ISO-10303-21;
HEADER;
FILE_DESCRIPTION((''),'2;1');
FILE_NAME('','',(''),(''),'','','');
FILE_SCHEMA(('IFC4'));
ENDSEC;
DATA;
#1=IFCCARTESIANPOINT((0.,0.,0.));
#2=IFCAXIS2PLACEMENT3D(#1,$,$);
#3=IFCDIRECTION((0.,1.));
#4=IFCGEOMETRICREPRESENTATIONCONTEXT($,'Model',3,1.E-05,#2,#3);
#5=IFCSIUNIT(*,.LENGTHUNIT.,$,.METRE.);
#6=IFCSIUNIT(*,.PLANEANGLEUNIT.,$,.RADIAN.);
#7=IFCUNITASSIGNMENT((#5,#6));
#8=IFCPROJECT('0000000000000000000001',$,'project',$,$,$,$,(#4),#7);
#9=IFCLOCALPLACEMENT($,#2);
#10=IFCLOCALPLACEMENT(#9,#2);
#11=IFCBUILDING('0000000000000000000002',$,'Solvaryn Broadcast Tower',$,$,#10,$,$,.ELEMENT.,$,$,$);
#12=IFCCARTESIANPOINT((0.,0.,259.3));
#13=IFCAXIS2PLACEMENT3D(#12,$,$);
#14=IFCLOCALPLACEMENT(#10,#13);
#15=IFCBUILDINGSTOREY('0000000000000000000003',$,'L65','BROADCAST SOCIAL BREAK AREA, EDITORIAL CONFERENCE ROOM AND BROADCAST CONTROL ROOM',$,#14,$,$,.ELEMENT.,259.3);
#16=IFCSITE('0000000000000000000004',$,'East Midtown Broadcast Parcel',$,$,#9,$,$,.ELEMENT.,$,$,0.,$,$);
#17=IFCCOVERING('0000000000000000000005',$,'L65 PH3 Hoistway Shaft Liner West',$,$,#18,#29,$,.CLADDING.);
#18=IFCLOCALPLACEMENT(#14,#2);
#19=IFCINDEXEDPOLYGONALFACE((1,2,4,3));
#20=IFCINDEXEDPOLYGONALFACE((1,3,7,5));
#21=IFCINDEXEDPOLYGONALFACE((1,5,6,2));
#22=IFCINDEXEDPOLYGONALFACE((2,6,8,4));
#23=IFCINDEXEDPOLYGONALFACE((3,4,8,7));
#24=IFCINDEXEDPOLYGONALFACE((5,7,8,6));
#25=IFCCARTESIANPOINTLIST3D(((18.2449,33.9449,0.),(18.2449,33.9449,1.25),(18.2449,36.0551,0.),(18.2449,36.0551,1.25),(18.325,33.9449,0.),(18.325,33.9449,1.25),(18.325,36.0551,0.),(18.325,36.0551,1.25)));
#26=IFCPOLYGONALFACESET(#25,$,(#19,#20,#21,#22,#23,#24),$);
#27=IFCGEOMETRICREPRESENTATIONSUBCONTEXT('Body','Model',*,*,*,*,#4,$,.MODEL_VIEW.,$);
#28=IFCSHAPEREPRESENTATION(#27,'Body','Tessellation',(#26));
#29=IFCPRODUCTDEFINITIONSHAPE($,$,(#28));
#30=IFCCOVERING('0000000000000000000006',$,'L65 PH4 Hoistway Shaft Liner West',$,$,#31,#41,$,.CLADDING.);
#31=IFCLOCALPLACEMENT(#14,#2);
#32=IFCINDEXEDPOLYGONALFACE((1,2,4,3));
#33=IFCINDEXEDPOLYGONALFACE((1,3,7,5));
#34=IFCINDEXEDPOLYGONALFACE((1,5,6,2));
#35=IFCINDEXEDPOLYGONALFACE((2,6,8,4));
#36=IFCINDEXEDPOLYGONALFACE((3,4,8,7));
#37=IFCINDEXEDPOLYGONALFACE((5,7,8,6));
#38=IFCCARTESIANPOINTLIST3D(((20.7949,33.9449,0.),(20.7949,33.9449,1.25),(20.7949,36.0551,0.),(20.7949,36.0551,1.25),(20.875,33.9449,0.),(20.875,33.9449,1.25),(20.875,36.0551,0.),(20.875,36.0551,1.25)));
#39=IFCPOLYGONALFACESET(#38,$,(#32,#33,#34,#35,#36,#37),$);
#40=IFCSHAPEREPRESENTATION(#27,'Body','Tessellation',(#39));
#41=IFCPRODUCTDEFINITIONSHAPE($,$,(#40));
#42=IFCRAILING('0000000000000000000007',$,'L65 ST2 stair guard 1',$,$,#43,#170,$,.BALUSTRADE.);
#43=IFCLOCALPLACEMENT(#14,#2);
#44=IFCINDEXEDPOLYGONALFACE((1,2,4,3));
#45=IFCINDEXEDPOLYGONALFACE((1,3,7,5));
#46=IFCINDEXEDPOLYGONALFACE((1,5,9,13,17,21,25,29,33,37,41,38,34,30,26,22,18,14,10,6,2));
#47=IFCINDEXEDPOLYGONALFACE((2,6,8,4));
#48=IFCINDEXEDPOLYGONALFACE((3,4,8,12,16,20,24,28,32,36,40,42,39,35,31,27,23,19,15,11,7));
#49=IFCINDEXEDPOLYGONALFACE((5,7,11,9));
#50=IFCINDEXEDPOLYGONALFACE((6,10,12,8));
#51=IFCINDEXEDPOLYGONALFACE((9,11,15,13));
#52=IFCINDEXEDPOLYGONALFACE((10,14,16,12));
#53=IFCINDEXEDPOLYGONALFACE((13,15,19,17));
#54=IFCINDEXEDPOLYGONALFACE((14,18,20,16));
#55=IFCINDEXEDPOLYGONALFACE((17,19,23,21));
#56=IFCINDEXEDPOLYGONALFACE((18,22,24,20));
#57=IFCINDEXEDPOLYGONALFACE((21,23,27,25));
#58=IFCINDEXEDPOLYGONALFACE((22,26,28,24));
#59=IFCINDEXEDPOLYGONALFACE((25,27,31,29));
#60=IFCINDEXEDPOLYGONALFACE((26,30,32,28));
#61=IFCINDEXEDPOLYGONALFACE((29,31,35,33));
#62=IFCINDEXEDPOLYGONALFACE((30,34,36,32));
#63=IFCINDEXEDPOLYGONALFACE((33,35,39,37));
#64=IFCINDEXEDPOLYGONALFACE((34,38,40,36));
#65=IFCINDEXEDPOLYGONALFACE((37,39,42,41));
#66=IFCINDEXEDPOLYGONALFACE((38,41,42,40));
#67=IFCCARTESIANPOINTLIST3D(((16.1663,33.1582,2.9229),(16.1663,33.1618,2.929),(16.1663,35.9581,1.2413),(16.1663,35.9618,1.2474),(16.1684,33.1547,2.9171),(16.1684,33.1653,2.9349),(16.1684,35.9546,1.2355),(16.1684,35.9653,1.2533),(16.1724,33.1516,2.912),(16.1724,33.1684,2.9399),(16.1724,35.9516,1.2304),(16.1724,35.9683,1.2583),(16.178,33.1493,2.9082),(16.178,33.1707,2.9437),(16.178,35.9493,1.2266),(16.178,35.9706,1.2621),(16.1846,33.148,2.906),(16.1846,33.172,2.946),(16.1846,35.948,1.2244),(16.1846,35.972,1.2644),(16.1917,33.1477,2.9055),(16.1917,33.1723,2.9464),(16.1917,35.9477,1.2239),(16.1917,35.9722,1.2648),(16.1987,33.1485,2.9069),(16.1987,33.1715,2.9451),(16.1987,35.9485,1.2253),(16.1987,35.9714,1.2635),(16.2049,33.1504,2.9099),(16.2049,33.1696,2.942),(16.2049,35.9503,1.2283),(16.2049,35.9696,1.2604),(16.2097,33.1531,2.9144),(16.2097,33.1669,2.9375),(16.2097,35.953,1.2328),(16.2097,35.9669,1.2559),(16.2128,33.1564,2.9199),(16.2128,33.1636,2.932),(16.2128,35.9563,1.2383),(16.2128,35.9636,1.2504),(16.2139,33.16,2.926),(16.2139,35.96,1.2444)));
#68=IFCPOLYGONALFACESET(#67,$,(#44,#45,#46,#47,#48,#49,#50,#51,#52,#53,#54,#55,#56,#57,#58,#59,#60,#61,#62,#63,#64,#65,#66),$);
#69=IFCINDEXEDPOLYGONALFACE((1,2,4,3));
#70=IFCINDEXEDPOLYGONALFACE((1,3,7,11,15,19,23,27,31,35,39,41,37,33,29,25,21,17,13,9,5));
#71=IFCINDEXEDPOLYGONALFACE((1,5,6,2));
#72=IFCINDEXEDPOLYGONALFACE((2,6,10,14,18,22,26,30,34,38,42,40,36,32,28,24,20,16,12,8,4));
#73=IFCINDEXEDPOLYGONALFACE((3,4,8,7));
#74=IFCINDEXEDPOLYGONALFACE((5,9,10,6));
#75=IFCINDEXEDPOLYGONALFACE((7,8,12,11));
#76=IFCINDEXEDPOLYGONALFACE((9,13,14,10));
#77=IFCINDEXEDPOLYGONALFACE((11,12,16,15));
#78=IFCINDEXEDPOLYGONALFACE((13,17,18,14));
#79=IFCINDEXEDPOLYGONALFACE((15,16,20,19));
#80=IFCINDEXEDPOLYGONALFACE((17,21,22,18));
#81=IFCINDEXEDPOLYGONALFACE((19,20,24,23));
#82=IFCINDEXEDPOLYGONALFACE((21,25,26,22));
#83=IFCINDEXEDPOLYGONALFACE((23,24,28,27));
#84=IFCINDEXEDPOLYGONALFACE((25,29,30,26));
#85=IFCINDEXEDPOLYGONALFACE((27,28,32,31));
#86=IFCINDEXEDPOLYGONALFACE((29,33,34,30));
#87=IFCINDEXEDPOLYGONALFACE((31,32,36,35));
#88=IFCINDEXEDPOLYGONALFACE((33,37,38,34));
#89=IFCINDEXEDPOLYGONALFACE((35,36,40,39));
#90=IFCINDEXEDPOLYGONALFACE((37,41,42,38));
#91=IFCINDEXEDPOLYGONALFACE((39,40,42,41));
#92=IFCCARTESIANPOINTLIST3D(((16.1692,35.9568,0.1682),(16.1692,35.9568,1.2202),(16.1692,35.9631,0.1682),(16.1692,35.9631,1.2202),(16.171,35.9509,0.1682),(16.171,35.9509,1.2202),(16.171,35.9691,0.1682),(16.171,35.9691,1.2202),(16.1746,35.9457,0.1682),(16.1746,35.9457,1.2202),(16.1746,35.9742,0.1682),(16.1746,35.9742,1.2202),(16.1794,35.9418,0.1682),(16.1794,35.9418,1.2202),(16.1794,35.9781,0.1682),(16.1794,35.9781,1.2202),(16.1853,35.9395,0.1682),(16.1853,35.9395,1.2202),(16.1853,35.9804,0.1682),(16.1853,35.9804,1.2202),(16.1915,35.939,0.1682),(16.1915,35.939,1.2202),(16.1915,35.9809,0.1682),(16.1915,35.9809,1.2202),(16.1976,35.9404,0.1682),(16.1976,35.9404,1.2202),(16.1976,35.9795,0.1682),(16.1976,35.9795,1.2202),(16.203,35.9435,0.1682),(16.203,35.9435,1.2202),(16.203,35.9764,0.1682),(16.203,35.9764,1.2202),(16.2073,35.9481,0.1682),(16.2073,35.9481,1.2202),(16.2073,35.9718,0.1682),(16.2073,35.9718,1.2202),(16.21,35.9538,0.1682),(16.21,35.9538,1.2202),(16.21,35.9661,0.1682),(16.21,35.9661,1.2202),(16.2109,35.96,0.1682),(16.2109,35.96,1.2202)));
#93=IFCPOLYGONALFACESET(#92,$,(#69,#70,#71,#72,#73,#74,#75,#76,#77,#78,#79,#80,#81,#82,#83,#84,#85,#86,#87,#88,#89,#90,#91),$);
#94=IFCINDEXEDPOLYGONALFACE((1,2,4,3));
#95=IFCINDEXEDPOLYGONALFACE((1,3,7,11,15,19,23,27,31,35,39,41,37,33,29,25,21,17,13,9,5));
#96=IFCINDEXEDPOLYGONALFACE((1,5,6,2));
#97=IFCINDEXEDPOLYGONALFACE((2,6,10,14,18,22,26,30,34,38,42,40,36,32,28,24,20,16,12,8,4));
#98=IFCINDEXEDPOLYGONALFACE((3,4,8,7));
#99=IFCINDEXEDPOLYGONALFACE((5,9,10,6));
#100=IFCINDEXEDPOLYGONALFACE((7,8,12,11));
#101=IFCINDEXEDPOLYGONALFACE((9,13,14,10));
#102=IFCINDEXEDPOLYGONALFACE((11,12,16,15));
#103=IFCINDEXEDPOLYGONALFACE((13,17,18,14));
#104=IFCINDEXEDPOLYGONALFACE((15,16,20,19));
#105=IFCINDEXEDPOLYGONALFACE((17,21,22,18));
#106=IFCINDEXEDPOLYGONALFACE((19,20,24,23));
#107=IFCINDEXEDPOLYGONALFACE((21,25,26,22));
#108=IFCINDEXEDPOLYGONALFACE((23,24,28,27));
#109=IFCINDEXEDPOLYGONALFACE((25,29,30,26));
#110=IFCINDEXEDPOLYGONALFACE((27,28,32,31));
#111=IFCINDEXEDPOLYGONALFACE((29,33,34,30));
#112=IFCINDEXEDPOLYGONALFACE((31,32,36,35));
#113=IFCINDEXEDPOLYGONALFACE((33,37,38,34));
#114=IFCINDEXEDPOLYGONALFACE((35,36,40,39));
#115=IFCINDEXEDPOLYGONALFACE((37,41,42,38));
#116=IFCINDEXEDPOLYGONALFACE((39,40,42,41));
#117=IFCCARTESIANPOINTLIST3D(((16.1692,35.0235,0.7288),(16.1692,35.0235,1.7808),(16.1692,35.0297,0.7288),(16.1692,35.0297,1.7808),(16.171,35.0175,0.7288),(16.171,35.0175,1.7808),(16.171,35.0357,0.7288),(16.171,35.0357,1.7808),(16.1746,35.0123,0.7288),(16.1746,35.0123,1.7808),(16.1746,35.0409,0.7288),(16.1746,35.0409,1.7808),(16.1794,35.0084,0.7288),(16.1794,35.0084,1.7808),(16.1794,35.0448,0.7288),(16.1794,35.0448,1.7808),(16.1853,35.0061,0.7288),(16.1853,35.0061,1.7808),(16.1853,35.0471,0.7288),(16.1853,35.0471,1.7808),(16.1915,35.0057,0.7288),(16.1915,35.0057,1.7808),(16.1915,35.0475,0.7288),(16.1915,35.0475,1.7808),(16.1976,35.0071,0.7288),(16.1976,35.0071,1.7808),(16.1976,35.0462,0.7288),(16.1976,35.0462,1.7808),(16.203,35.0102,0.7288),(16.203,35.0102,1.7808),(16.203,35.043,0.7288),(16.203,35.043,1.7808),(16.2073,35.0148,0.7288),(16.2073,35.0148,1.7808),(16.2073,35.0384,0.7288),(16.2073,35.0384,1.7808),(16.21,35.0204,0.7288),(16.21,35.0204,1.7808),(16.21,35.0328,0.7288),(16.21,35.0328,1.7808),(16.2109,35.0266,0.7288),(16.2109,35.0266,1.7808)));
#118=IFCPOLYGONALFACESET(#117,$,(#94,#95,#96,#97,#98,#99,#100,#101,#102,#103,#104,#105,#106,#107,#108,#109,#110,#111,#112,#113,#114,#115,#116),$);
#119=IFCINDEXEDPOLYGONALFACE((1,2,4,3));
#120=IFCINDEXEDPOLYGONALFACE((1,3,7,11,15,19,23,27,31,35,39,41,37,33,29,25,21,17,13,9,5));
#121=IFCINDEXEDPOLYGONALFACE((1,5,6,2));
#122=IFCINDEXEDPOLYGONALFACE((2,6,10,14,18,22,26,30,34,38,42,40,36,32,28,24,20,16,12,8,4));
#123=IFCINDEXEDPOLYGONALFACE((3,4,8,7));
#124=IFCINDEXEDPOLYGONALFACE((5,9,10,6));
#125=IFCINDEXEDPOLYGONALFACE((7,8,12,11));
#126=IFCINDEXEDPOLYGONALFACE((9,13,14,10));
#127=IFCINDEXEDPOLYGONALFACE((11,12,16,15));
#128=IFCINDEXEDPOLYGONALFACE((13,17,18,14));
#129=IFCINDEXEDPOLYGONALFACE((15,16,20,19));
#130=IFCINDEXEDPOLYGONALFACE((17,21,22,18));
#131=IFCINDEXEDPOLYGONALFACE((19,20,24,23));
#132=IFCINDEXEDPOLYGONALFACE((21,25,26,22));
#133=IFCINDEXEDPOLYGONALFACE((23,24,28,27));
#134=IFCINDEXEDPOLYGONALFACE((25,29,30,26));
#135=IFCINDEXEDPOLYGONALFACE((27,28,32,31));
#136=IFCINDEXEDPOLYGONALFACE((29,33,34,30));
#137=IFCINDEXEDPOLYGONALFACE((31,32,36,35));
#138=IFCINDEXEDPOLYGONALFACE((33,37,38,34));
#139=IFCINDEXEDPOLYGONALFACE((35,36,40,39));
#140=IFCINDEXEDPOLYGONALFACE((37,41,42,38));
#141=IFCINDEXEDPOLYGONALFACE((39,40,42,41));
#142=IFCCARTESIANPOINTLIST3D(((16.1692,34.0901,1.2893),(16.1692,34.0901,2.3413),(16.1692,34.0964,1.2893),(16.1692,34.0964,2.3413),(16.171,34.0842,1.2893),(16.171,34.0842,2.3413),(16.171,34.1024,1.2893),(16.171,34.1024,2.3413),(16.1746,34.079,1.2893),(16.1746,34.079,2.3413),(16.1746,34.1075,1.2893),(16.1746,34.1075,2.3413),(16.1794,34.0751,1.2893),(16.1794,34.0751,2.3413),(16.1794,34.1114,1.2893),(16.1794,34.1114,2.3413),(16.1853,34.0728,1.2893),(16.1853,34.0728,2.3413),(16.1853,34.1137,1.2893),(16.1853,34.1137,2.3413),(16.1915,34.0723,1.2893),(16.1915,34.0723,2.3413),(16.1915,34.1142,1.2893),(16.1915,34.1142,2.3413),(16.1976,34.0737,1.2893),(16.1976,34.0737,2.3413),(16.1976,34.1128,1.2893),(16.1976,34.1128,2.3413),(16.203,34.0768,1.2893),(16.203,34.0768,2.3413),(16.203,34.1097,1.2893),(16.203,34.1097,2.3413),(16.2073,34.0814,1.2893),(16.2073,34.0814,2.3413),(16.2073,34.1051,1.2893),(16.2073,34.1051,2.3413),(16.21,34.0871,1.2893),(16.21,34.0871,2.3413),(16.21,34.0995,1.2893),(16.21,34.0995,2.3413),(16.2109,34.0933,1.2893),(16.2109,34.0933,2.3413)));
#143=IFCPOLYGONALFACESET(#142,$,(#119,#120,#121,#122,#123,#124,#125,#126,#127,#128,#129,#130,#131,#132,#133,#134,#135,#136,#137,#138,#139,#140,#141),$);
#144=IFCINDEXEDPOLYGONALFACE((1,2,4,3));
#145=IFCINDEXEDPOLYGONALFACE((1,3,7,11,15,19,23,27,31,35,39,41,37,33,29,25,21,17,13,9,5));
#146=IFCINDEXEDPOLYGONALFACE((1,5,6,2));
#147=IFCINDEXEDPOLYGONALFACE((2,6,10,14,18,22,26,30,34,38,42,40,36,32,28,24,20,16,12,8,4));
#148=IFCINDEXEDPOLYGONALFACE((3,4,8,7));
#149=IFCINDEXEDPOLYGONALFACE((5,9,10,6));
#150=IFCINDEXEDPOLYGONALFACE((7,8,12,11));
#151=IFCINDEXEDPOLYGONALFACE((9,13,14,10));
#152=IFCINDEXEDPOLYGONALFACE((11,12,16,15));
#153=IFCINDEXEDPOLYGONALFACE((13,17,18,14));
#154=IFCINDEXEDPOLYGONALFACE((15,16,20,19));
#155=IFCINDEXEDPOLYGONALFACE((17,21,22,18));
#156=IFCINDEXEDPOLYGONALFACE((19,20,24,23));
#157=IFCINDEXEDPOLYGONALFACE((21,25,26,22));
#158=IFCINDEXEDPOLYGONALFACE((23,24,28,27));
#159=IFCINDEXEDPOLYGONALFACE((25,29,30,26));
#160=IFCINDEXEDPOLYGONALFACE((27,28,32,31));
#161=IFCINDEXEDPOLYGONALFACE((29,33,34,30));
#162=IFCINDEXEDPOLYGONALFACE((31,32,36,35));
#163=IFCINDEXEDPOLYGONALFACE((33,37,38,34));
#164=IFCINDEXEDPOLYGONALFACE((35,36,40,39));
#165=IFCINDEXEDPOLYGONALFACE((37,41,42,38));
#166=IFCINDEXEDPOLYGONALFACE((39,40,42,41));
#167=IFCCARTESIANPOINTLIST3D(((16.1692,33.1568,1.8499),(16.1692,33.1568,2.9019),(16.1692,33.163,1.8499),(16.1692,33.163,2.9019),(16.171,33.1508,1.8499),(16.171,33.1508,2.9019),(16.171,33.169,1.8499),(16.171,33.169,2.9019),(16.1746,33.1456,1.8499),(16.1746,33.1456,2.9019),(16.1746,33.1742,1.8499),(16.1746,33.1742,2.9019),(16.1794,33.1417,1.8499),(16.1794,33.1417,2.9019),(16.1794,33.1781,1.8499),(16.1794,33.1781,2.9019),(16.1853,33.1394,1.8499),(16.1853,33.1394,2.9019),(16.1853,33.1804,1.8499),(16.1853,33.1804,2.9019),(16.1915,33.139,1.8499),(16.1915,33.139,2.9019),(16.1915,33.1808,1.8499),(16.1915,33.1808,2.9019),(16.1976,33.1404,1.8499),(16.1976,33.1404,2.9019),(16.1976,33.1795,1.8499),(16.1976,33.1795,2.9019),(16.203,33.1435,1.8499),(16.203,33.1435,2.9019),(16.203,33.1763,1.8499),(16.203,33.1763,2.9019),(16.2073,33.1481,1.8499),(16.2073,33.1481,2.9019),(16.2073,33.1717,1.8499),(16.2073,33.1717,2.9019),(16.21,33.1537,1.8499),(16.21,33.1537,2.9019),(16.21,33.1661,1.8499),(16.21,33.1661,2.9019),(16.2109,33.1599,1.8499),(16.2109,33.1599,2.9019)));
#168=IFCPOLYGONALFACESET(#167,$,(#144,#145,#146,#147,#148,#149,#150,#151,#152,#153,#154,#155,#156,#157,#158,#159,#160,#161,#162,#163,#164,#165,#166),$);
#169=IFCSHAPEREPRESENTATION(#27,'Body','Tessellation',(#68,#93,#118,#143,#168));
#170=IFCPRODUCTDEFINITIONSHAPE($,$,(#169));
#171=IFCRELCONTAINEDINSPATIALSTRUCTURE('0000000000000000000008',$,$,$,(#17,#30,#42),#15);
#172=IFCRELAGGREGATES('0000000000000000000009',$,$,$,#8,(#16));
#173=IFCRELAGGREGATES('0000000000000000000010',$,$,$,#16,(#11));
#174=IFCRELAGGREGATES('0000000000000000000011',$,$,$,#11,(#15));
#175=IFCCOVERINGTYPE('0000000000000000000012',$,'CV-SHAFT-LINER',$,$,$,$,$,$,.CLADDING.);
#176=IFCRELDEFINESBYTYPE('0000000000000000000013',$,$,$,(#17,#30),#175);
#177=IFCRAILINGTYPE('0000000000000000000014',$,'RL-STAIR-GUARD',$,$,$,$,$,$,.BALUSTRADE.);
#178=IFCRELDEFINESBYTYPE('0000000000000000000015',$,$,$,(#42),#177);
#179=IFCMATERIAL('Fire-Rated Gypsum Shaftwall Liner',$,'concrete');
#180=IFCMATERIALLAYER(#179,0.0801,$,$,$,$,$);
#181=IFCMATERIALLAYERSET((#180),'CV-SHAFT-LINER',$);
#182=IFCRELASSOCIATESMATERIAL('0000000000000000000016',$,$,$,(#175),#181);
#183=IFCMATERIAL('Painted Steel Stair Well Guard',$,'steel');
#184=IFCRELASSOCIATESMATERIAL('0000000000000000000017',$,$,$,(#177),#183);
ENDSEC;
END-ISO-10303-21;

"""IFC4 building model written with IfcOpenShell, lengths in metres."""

from ifc_helpers import new_model, si_unit, direction, frame, origin, origin_2d, place, context, subcontext, project, spatial, rectangle, circle, extrude, material, layer, layer_set, type_object, element, save


model = new_model("IFC4")

# Units and contexts
model_context = context("Model", 3, precision=1e-05, world=origin(), true_north=direction((0.0, 1.0)))
body_context = subcontext(model_context, "Body", "Model", "MODEL_VIEW")
ifc_project = project(units=[si_unit("LENGTHUNIT", "METRE"), si_unit("PLANEANGLEUNIT", "RADIAN")], contexts=[model_context])

# Site, building, storey
site_placement = place(None, origin())
site = spatial("IfcSite", under=ifc_project, at=site_placement, Name="East Midtown Broadcast Parcel", CompositionType="ELEMENT", RefElevation=0.0)
building_placement = place(site_placement, origin())
building = spatial("IfcBuilding", under=site, at=building_placement, Name="Solvaryn Broadcast Tower", CompositionType="ELEMENT")
storey_placement = place(building_placement, frame((0.0, 0.0, 259.3)))
storey = spatial("IfcBuildingStorey", under=building, at=storey_placement, Name="L65", Description="BROADCAST SOCIAL BREAK AREA, EDITORIAL CONFERENCE ROOM AND BROADCAST CONTROL ROOM", CompositionType="ELEMENT", Elevation=259.3)

# Coverings
ifc_material_1 = material(Name="Fire-Rated Gypsum Shaftwall Liner", Category="concrete")
ifc_layer_1 = layer(ifc_material_1, 0.0801)
ifc_layer_set_1 = layer_set([ifc_layer_1], Name="CV-SHAFT-LINER")
covering_type = type_object("IfcCoveringType", Name="CV-SHAFT-LINER", PredefinedType="CLADDING", material=ifc_layer_set_1)
for number, where, z_axis, x_axis, name in (
    (1, (18.2849, 35.0, 0.0), (0.0, 0.0, 1.0), (1.0, 0.0, 0.0), "L65 PH3 Hoistway Shaft Liner West"),
    (2, (20.835, 35.0, 0.0), (0.0, 0.0, 1.0), (1.0, 0.0, 0.0), "L65 PH4 Hoistway Shaft Liner West"),
):
    element("IfcCovering", number, at=place(storey_placement, frame(where, z_axis=z_axis, x_axis=x_axis)), inside=storey, type_object=covering_type, Name=name, PredefinedType="CLADDING", context=body_context, shape_type="SweptSolid", body=[
        extrude(rectangle(XDim=0.0801, YDim=2.1101, at=origin_2d()), origin(), (0.0, 0.0, 1.0), 1.25),
    ])

# Railing
ifc_material_2 = material(Name="Painted Steel Stair Well Guard", Category="steel")
railing_type_1 = type_object("IfcRailingType", Name="RL-STAIR-GUARD", PredefinedType="BALUSTRADE", material=ifc_material_2)
railing_1_placement = place(storey_placement, frame((16.1899, 35.96, 0.1682)))
element("IfcRailing", 3, at=railing_1_placement, inside=storey, type_object=railing_type_1, Name="L65 ST2 stair guard 1", PredefinedType="BALUSTRADE", context=body_context, shape_type="SweptSolid", body=[
    extrude(circle(Radius=0.0239, at=origin_2d()), frame((0.0, 0.0, 1.0762), z_axis=(0.0, -0.857275, 0.514858), x_axis=(1.0, 0.0, 0.0)), (0.0, 0.0, 1.0), 3.2661),
    extrude(circle(Radius=0.021, at=origin_2d()), origin(), (0.0, 0.0, 1.0), 1.052),
    extrude(circle(Radius=0.021, at=origin_2d()), frame((0.0, -0.9333, 0.5605)), (0.0, 0.0, 1.0), 1.052),
    extrude(circle(Radius=0.021, at=origin_2d()), frame((0.0, -1.8667, 1.1211)), (0.0, 0.0, 1.0), 1.052),
    extrude(circle(Radius=0.021, at=origin_2d()), frame((0.0, -2.8, 1.6816)), (0.0, 0.0, 1.0), 1.052),
])

save(model, "model.ifc")
